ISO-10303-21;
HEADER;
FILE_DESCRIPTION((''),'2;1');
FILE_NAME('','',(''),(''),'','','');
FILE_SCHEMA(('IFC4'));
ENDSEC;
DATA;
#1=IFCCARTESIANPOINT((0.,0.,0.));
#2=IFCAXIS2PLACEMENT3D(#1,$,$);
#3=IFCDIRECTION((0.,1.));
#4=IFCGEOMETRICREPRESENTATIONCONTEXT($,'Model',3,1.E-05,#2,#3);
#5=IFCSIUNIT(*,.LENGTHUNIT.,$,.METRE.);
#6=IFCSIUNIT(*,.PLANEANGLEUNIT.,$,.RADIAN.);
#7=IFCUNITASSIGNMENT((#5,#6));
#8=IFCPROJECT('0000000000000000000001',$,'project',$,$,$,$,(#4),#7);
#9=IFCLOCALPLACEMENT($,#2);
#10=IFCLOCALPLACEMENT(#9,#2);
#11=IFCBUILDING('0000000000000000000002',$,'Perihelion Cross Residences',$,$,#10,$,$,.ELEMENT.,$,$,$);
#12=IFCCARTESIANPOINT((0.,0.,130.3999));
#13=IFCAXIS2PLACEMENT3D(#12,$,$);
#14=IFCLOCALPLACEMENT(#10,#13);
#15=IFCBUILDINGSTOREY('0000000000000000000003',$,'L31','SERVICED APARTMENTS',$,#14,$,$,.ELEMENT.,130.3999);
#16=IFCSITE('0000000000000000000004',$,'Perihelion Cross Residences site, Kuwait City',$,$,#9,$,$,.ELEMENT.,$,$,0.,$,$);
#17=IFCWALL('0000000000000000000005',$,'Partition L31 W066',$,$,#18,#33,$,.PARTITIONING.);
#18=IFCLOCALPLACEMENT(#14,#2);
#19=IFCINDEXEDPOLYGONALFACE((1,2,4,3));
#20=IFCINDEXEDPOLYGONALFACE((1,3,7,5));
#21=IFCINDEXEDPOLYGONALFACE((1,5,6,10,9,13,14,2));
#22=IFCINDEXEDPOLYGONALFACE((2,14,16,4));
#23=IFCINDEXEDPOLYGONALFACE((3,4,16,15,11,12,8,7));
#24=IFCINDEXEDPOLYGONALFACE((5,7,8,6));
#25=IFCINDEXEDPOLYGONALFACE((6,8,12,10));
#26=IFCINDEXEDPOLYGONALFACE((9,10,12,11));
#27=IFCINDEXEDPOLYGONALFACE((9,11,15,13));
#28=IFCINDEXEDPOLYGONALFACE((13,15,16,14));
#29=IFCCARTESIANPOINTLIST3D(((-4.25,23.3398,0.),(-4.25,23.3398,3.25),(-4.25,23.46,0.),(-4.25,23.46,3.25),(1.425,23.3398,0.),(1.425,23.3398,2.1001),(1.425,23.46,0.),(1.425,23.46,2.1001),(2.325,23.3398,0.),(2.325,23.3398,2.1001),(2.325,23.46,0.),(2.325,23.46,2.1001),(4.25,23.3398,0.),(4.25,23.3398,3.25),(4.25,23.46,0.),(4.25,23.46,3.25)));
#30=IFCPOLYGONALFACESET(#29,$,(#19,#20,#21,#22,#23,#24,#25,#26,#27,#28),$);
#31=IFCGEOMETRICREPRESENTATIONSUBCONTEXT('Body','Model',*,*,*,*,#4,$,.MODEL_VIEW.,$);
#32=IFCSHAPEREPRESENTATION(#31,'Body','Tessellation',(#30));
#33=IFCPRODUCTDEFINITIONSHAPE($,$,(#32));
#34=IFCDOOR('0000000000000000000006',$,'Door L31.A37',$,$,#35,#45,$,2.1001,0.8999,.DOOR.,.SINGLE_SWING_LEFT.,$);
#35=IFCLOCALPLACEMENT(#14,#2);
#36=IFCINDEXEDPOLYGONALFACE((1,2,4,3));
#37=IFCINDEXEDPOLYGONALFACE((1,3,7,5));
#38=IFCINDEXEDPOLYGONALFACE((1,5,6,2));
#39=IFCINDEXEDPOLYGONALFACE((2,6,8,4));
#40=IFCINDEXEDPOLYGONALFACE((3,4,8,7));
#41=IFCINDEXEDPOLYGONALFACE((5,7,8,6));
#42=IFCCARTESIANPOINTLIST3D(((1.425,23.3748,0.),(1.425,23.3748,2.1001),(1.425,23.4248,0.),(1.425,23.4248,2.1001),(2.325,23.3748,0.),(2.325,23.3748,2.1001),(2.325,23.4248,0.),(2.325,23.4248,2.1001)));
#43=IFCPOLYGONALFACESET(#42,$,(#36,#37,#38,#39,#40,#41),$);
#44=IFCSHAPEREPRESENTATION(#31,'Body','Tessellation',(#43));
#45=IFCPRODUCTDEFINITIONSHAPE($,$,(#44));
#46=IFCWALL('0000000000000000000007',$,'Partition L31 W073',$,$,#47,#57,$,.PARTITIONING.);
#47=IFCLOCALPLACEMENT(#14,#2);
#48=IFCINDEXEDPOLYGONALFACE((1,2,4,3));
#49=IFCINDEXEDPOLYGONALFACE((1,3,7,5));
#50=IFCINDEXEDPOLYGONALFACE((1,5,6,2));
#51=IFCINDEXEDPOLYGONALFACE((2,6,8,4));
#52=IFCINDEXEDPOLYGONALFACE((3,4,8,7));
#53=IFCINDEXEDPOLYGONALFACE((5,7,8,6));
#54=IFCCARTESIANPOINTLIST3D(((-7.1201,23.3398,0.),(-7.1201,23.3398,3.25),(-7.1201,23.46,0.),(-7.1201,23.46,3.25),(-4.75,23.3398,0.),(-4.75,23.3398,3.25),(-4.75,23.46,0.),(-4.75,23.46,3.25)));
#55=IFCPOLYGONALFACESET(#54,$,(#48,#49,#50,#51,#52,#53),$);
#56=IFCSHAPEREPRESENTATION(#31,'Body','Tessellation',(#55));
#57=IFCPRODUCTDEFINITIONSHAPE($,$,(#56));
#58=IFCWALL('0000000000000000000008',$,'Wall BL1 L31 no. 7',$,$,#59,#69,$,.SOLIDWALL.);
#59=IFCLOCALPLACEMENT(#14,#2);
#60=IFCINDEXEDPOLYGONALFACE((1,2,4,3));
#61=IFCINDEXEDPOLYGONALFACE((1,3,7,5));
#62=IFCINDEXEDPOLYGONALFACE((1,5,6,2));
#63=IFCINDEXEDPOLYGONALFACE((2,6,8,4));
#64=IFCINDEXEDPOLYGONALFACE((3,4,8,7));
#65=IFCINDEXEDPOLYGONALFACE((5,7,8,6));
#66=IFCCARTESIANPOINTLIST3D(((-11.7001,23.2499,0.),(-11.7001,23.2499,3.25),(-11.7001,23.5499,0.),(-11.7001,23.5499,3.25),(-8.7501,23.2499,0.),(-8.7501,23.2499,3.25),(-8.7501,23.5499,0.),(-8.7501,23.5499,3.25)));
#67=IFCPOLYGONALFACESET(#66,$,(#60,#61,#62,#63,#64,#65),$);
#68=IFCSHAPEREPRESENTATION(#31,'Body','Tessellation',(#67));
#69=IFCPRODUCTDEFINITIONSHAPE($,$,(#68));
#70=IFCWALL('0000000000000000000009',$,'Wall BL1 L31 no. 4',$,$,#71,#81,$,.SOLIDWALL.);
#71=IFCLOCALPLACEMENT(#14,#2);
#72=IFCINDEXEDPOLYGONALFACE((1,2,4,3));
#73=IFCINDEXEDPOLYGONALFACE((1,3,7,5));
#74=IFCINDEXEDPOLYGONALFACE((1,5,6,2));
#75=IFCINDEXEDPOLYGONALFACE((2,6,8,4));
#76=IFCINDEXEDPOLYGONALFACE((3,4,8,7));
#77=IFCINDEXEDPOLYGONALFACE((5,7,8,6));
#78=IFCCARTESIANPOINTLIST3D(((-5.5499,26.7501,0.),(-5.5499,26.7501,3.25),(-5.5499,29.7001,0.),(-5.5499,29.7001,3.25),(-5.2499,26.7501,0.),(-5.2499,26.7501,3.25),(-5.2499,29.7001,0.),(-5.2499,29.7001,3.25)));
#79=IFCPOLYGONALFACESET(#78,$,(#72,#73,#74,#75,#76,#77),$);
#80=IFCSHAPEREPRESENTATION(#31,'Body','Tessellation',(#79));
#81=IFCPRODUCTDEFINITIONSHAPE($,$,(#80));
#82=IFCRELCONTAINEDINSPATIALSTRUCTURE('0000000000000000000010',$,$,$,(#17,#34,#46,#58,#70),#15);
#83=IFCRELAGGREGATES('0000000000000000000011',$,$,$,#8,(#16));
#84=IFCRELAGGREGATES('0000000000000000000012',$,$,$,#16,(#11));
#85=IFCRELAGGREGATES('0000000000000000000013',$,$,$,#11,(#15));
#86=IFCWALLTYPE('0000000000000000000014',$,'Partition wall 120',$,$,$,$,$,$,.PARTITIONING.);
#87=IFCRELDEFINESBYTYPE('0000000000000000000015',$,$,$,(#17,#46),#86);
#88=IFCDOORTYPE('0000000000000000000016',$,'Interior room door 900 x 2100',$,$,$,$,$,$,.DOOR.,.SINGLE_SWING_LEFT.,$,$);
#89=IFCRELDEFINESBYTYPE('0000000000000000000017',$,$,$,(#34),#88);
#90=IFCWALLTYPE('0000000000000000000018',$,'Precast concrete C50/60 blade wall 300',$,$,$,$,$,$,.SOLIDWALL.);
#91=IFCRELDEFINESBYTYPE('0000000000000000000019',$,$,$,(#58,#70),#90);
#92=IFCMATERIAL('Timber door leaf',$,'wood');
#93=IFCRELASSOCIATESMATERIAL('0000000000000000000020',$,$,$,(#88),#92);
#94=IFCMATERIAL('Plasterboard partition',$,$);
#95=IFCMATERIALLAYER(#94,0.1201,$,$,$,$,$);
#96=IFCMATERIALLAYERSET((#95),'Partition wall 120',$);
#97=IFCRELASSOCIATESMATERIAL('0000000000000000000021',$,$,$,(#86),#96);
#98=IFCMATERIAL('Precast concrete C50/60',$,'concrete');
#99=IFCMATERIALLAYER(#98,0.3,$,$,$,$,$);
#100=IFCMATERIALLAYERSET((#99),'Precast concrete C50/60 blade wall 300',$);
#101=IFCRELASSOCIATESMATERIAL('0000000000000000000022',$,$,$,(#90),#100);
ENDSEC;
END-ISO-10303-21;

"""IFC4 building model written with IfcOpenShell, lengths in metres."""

from ifc_helpers import new_model, si_unit, direction, frame, frame_2d, origin, place, context, subcontext, project, spatial, rectangle, extrude, material, layer, layer_set, type_object, element, fill, save


model = new_model("IFC4")

# Units and contexts
model_context = context("Model", 3, precision=1e-05, world=origin(), true_north=direction((0.0, 1.0)))
body_context = subcontext(model_context, "Body", "Model", "MODEL_VIEW")
ifc_project = project(units=[si_unit("LENGTHUNIT", "METRE"), si_unit("PLANEANGLEUNIT", "RADIAN")], contexts=[model_context])

# Site, building, storey
site_placement = place(None, origin())
site = spatial("IfcSite", under=ifc_project, at=site_placement, Name="Perihelion Cross Residences site, Kuwait City", CompositionType="ELEMENT", RefElevation=0.0)
building_placement = place(site_placement, origin())
building = spatial("IfcBuilding", under=site, at=building_placement, Name="Perihelion Cross Residences", CompositionType="ELEMENT")
storey_placement = place(building_placement, frame((0.0, 0.0, 130.3999)))
storey = spatial("IfcBuildingStorey", under=building, at=storey_placement, Name="L31", Description="SERVICED APARTMENTS", CompositionType="ELEMENT", Elevation=130.3999)

# Wall, opening, door
ifc_material_1 = material(Name="Timber door leaf", Category="wood")
door_type_1 = type_object("IfcDoorType", Name="Interior room door 900 x 2100", OperationType="SINGLE_SWING_LEFT", PredefinedType="DOOR", material=ifc_material_1)
ifc_material_2 = material(Name="Plasterboard partition")
ifc_layer_1 = layer(ifc_material_2, 0.1201)
ifc_layer_set_1 = layer_set([ifc_layer_1], Name="Partition wall 120")
wall_type_1 = type_object("IfcWallType", Name="Partition wall 120", PredefinedType="PARTITIONING", material=ifc_layer_set_1)
wall_1_placement = place(storey_placement, frame((-4.25, 23.3999, 0.0), z_axis=(0.0, 0.0, 1.0), x_axis=(1.0, 0.0, 0.0)))
wall_1 = element("IfcWall", 1, at=wall_1_placement, inside=storey, type_object=wall_type_1, Name="Partition L31 W066", PredefinedType="PARTITIONING", context=body_context, shape_type="SweptSolid", body=[
    extrude(rectangle(XDim=8.5, YDim=0.1201, at=frame_2d((4.25, 0.0))), origin(), (0.0, 0.0, 1.0), 3.25),
])
opening_1_placement = place(wall_1_placement, frame((5.675, 0.0, 0.0)))
opening_1 = element("IfcOpeningElement", 2, at=opening_1_placement, cuts=wall_1, PredefinedType="OPENING", context=body_context, shape_type="SweptSolid", body=[
    extrude(rectangle(XDim=0.8999, YDim=2.1001, at=frame_2d((0.45, 1.05))), frame((0.0, 0.0701, 0.0), z_axis=(0.0, -1.0, 0.0), x_axis=(1.0, 0.0, 0.0)), (0.0, 0.0, 1.0), 0.1401),
])
door_1_placement = place(opening_1_placement, origin())
door_1 = element("IfcDoor", 3, at=door_1_placement, inside=storey, type_object=door_type_1, Name="Door L31.A37", OperationType="SINGLE_SWING_LEFT", OverallHeight=2.1001, OverallWidth=0.8999, PredefinedType="DOOR", context=body_context, shape_type="SweptSolid", body=[
    extrude(rectangle(XDim=0.8999, YDim=2.1001, at=frame_2d((0.45, 1.05))), frame((0.0, 0.0249, 0.0), z_axis=(0.0, -1.0, 0.0), x_axis=(1.0, 0.0, 0.0)), (0.0, 0.0, 1.0), 0.05),
])
fill(opening_1, door_1)

# Walls
wall_2_placement = place(storey_placement, frame((-7.1201, 23.3999, 0.0), z_axis=(0.0, 0.0, 1.0), x_axis=(1.0, 0.0, 0.0)))
element("IfcWall", 4, at=wall_2_placement, inside=storey, type_object=wall_type_1, Name="Partition L31 W073", PredefinedType="PARTITIONING", context=body_context, shape_type="SweptSolid", body=[
    extrude(rectangle(XDim=2.3701, YDim=0.1201, at=frame_2d((1.1851, 0.0))), origin(), (0.0, 0.0, 1.0), 3.25),
])
ifc_material_3 = material(Name="Precast concrete C50/60", Category="concrete")
ifc_layer_2 = layer(ifc_material_3, 0.3)
ifc_layer_set_2 = layer_set([ifc_layer_2], Name="Precast concrete C50/60 blade wall 300")
wall_type_2 = type_object("IfcWallType", Name="Precast concrete C50/60 blade wall 300", PredefinedType="SOLIDWALL", material=ifc_layer_set_2)
for number, where, z_axis, x_axis, name in (
    (5, (-8.75, 23.3999, 0.0), (0.0, 0.0, 1.0), (-1.0, 0.0, 0.0), "Wall BL1 L31 no. 7"),
    (6, (-5.3999, 26.75, 0.0), (0.0, 0.0, 1.0), (0.0, 1.0, 0.0), "Wall BL1 L31 no. 4"),
):
    element("IfcWall", number, at=place(storey_placement, frame(where, z_axis=z_axis, x_axis=x_axis)), inside=storey, type_object=wall_type_2, Name=name, PredefinedType="SOLIDWALL", context=body_context, shape_type="SweptSolid", body=[
        extrude(rectangle(XDim=2.95, YDim=0.3, at=frame_2d((1.4751, 0.0))), origin(), (0.0, 0.0, 1.0), 3.25),
    ])

save(model, "model.ifc")
